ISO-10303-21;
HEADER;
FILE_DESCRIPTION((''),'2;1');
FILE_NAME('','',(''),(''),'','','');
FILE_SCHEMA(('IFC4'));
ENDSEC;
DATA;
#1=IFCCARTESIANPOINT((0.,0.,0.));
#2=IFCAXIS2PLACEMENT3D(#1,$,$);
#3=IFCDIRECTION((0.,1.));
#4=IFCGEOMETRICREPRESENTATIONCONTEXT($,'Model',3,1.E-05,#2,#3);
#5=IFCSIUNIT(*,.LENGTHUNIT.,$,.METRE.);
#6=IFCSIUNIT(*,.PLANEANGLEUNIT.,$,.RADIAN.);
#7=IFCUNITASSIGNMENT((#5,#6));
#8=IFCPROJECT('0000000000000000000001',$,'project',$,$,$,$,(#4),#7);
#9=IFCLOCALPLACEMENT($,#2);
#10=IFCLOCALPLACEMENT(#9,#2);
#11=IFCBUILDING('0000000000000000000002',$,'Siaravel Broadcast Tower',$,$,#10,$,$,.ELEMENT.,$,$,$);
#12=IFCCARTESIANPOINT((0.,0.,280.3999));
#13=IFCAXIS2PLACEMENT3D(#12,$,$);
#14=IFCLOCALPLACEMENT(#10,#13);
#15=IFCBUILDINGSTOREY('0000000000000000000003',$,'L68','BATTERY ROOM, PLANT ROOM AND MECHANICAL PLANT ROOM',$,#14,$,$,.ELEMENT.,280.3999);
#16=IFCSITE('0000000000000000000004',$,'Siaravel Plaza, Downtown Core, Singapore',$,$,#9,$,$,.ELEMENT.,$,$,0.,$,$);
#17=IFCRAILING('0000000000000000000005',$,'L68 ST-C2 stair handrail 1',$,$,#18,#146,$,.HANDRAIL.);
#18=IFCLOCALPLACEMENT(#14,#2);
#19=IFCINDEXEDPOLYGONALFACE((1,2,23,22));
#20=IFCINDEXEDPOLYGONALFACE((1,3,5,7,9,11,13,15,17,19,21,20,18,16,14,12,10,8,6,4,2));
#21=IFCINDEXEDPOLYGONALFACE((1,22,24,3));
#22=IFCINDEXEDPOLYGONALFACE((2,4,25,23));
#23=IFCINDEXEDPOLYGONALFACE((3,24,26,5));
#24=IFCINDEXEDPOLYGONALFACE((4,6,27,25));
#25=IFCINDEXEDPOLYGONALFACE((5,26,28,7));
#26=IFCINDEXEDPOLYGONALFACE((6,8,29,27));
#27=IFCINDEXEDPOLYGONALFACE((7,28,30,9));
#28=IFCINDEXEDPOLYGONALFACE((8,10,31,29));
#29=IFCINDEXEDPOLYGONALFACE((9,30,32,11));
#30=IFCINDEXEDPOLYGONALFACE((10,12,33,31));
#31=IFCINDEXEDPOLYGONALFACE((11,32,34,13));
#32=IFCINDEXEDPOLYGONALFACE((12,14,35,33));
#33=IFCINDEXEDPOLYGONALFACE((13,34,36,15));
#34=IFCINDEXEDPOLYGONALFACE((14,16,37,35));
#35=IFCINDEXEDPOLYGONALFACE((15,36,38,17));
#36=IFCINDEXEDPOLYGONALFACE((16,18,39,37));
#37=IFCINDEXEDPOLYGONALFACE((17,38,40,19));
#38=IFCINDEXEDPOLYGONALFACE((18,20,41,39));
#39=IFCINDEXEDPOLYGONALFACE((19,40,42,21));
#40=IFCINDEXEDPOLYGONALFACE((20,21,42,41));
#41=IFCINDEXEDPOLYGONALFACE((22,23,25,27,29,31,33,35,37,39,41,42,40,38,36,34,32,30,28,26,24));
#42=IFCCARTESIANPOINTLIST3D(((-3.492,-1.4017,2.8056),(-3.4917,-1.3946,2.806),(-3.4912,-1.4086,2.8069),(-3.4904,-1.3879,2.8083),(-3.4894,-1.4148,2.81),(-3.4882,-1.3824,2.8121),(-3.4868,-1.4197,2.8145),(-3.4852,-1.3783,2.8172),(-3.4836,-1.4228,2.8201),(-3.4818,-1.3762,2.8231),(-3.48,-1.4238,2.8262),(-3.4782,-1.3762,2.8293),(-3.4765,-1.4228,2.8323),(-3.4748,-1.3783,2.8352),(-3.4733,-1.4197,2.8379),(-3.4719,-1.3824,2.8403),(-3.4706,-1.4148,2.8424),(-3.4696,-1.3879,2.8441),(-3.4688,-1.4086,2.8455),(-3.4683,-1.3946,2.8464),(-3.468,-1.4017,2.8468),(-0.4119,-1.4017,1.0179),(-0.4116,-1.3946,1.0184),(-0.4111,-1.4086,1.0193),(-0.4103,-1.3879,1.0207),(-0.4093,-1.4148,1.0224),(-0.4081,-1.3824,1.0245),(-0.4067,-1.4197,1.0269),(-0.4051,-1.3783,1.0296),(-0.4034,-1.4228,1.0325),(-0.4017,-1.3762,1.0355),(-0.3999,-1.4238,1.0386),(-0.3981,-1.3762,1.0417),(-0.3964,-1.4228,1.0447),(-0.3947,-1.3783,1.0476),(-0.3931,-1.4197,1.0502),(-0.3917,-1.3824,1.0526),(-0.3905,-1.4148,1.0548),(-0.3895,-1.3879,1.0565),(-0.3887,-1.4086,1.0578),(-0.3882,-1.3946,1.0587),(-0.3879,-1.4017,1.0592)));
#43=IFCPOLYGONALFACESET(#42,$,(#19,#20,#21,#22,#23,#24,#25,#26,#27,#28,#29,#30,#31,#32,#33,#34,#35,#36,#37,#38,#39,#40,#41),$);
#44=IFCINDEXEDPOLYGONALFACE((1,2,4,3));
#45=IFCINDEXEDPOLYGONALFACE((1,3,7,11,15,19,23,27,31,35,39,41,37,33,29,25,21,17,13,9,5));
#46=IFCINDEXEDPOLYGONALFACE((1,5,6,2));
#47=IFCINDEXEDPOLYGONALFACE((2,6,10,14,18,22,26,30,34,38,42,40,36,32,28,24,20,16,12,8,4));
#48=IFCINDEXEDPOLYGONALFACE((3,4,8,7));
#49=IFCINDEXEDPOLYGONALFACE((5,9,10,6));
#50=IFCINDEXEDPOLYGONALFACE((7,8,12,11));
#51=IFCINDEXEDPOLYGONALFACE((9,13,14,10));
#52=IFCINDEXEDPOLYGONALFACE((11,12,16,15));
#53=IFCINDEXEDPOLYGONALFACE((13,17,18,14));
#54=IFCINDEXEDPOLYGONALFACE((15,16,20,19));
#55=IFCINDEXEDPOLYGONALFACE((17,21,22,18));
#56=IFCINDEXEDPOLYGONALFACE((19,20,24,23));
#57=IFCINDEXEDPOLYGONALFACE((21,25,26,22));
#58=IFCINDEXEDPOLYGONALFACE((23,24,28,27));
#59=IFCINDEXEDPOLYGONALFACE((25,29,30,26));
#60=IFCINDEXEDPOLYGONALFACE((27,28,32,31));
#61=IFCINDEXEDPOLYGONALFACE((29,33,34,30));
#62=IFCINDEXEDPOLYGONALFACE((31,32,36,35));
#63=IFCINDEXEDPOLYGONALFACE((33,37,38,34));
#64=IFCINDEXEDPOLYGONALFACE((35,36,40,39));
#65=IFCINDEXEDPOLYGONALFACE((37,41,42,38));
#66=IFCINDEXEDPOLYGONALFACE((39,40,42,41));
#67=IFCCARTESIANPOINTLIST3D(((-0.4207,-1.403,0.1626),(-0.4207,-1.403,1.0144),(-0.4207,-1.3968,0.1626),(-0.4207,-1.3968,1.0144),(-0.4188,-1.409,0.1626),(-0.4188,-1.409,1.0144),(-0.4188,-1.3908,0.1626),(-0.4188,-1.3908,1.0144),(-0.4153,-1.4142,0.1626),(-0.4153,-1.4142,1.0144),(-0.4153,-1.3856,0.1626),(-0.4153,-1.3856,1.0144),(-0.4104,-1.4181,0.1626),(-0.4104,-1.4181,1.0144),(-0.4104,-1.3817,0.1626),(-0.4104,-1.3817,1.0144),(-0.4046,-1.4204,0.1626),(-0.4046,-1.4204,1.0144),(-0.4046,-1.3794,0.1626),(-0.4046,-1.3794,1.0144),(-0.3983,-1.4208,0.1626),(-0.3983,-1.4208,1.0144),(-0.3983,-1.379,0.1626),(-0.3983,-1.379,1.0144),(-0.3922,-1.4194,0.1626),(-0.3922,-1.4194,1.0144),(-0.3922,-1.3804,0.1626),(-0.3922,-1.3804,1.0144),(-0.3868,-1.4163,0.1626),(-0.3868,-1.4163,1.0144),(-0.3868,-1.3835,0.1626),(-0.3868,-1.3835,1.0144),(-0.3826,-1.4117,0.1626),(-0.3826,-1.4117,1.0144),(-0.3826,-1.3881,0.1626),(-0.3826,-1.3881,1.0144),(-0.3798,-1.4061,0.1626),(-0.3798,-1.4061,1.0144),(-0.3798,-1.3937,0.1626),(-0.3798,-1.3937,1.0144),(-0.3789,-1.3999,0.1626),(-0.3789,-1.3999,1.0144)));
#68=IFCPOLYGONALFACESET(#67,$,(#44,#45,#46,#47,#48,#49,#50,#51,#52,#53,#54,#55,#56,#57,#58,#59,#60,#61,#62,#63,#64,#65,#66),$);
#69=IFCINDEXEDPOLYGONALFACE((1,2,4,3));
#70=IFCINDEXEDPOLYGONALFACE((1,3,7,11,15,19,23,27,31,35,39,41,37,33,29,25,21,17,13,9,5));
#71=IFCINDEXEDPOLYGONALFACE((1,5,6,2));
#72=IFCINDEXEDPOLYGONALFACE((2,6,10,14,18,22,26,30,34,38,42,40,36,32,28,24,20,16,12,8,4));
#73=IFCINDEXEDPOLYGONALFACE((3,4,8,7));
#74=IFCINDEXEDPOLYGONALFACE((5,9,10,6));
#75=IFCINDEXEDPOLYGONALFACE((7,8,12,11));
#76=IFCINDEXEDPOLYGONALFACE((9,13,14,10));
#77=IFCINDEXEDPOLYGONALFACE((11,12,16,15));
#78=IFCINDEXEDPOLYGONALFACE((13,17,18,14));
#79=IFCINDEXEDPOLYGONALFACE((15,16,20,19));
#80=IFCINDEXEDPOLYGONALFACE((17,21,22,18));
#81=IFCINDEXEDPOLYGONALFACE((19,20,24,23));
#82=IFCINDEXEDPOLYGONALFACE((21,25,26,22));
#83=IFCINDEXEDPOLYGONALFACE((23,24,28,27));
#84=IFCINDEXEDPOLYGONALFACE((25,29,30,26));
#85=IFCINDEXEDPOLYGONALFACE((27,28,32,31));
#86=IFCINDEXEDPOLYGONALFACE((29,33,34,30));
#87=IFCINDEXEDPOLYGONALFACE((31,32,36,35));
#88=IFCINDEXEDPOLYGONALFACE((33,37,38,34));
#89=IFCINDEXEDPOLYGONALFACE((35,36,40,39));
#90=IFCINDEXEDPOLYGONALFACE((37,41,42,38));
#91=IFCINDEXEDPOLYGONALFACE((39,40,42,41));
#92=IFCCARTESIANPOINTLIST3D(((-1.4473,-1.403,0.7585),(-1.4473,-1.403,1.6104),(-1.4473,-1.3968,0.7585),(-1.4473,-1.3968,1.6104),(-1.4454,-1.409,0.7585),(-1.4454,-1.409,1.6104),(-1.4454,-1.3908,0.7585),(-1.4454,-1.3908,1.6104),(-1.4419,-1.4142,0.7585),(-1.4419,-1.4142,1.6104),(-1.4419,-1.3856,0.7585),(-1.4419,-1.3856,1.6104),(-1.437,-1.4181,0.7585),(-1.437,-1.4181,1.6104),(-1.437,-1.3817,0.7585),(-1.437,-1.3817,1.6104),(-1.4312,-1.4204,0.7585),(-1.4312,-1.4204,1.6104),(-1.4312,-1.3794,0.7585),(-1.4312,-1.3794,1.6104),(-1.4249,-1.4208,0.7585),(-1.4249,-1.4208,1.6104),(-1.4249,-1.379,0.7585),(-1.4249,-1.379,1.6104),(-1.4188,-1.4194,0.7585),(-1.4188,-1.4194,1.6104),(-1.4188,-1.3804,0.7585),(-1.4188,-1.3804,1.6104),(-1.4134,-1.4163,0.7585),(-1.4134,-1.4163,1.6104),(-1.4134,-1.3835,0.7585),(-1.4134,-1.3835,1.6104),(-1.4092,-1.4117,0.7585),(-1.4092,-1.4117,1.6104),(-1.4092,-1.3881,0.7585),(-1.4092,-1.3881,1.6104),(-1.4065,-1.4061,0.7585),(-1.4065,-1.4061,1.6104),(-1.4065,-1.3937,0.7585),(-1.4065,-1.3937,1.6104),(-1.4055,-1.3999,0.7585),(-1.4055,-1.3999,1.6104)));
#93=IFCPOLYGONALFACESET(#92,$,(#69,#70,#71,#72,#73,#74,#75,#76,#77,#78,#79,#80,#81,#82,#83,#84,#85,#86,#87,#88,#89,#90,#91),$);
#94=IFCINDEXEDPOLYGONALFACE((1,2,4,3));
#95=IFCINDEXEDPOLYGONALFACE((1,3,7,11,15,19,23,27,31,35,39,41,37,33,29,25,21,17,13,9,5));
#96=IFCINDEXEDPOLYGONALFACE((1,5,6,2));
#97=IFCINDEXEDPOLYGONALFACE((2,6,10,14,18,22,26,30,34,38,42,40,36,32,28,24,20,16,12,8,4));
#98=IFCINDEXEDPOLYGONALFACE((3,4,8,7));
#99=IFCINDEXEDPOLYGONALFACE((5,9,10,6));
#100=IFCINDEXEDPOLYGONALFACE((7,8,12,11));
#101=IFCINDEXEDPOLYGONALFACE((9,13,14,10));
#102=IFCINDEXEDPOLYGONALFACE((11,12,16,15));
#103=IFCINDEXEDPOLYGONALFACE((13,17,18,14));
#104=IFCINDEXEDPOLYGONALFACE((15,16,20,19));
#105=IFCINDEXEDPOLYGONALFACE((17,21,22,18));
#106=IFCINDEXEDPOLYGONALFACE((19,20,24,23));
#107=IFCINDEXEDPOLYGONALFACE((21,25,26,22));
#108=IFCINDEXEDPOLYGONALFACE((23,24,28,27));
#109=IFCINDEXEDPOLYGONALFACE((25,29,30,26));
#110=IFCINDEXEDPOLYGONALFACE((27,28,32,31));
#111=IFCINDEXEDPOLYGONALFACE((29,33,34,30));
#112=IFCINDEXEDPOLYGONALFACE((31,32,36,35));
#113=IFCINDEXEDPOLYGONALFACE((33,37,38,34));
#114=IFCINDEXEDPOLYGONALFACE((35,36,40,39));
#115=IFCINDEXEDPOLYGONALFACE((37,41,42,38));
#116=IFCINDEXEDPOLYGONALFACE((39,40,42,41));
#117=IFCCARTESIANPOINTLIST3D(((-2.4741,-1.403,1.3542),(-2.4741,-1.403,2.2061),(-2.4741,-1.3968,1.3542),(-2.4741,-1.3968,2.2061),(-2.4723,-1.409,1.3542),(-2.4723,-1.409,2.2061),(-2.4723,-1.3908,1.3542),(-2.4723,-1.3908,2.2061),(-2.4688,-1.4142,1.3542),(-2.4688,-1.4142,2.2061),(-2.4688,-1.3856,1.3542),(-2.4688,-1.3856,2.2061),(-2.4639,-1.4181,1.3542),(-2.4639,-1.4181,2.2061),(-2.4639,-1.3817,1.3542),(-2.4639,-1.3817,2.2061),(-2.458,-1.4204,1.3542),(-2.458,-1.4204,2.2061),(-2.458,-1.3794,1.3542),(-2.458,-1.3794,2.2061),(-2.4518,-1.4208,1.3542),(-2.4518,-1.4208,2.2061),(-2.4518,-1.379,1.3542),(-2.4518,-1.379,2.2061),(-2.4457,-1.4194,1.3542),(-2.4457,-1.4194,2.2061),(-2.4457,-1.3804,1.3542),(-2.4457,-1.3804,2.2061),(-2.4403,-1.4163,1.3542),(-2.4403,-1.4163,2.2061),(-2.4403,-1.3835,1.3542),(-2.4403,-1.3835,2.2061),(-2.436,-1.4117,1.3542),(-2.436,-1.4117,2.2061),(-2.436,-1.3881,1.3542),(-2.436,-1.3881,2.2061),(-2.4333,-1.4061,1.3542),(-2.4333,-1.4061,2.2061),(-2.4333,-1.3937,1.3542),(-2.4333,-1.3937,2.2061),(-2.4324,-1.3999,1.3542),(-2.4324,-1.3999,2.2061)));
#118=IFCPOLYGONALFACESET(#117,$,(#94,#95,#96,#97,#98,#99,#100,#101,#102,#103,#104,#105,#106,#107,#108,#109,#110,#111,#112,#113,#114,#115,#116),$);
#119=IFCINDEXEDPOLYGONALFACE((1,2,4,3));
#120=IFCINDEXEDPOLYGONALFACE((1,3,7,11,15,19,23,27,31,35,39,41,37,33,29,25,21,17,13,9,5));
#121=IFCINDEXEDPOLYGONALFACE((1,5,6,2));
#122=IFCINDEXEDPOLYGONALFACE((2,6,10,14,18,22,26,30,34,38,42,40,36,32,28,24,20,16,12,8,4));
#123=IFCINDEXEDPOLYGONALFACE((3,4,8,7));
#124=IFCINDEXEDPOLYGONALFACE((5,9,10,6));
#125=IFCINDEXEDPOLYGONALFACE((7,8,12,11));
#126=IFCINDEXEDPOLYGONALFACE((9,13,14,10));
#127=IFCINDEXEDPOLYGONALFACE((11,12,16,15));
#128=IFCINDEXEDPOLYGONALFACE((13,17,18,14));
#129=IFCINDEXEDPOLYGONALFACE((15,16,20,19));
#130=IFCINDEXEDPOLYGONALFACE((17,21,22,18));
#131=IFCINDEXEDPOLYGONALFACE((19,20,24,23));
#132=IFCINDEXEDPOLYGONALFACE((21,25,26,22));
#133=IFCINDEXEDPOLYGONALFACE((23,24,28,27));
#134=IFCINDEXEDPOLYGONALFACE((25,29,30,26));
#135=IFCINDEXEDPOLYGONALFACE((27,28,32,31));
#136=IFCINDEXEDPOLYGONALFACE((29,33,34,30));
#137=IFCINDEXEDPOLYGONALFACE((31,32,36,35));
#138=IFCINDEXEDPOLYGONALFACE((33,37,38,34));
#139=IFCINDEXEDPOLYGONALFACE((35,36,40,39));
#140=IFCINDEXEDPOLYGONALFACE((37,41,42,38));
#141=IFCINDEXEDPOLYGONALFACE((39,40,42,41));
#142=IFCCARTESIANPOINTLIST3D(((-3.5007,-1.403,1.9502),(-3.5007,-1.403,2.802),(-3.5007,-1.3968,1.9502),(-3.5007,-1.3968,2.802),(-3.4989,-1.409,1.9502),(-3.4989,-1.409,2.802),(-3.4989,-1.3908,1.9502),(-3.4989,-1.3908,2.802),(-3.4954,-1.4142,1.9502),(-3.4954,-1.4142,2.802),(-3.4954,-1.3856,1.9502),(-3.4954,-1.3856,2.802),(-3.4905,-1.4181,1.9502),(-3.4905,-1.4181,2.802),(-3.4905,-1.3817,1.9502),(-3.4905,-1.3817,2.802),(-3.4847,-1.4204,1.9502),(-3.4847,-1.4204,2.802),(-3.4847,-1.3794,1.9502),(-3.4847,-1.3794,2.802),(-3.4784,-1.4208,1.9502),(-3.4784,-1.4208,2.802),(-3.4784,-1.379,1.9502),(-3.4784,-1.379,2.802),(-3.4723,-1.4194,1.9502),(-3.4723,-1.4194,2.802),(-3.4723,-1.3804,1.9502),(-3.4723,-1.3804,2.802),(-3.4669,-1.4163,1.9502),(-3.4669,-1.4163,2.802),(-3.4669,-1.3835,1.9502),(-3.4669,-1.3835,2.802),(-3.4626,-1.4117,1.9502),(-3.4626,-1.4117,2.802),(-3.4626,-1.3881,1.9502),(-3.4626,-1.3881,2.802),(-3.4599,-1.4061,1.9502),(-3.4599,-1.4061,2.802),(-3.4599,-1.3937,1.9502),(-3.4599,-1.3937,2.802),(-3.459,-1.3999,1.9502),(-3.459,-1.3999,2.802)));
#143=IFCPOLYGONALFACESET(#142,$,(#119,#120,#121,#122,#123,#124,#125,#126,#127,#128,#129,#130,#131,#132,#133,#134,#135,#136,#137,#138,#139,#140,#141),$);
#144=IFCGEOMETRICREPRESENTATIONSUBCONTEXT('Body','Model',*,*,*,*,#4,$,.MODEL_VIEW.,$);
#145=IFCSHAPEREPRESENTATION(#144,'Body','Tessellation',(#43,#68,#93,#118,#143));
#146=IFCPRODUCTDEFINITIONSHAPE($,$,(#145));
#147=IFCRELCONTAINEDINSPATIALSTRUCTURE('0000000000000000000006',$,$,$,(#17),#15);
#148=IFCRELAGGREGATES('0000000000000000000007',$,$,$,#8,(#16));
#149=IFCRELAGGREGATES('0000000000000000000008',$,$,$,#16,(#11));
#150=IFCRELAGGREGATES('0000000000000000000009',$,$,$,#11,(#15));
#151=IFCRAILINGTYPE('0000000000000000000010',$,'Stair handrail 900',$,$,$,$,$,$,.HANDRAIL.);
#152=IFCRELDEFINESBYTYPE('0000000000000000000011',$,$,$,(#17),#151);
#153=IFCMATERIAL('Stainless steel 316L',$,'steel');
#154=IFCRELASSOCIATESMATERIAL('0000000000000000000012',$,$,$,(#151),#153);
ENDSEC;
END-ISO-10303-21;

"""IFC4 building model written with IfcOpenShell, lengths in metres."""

from ifc_helpers import new_model, si_unit, direction, frame, origin, origin_2d, place, context, subcontext, project, spatial, circle, extrude, material, type_object, element, save


model = new_model("IFC4")

# Units and contexts
model_context = context("Model", 3, precision=1e-05, world=origin(), true_north=direction((0.0, 1.0)))
body_context = subcontext(model_context, "Body", "Model", "MODEL_VIEW")
ifc_project = project(units=[si_unit("LENGTHUNIT", "METRE"), si_unit("PLANEANGLEUNIT", "RADIAN")], contexts=[model_context])

# Site, building, storey
site_placement = place(None, origin())
site = spatial("IfcSite", under=ifc_project, at=site_placement, Name="Siaravel Plaza, Downtown Core, Singapore", CompositionType="ELEMENT", RefElevation=0.0)
building_placement = place(site_placement, origin())
building = spatial("IfcBuilding", under=site, at=building_placement, Name="Siaravel Broadcast Tower", CompositionType="ELEMENT")
storey_placement = place(building_placement, frame((0.0, 0.0, 280.3999)))
storey = spatial("IfcBuildingStorey", under=building, at=storey_placement, Name="L68", Description="BATTERY ROOM, PLANT ROOM AND MECHANICAL PLANT ROOM", CompositionType="ELEMENT", Elevation=280.3999)

# Shared definitions
ifc_material_1 = material(Name="Stainless steel 316L", Category="steel")

# Railing
railing_type_1 = type_object("IfcRailingType", Name="Stair handrail 900", PredefinedType="HANDRAIL", material=ifc_material_1)
railing_1_placement = place(storey_placement, frame((-0.3999, -1.3999, 0.1626)))
element("IfcRailing", 1, at=railing_1_placement, inside=storey, type_object=railing_type_1, Name="L68 ST-C2 stair handrail 1", PredefinedType="HANDRAIL", context=body_context, shape_type="SweptSolid", body=[
    extrude(circle(Radius=0.0239, at=origin_2d()), frame((0.0, 0.0, 0.876), z_axis=(-0.864891, 0.0, 0.50196), x_axis=(0.0, -1.0, 0.0)), (0.0, 0.0, 1.0), 3.5613),
    extrude(circle(Radius=0.021, at=origin_2d()), origin(), (0.0, 0.0, 1.0), 0.8518),
    extrude(circle(Radius=0.021, at=origin_2d()), frame((-1.0266, 0.0, 0.5959)), (0.0, 0.0, 1.0), 0.8518),
    extrude(circle(Radius=0.021, at=origin_2d()), frame((-2.0535, 0.0, 1.1917)), (0.0, 0.0, 1.0), 0.8518),
    extrude(circle(Radius=0.021, at=origin_2d()), frame((-3.0801, 0.0, 1.7876)), (0.0, 0.0, 1.0), 0.8518),
])

save(model, "model.ifc")
